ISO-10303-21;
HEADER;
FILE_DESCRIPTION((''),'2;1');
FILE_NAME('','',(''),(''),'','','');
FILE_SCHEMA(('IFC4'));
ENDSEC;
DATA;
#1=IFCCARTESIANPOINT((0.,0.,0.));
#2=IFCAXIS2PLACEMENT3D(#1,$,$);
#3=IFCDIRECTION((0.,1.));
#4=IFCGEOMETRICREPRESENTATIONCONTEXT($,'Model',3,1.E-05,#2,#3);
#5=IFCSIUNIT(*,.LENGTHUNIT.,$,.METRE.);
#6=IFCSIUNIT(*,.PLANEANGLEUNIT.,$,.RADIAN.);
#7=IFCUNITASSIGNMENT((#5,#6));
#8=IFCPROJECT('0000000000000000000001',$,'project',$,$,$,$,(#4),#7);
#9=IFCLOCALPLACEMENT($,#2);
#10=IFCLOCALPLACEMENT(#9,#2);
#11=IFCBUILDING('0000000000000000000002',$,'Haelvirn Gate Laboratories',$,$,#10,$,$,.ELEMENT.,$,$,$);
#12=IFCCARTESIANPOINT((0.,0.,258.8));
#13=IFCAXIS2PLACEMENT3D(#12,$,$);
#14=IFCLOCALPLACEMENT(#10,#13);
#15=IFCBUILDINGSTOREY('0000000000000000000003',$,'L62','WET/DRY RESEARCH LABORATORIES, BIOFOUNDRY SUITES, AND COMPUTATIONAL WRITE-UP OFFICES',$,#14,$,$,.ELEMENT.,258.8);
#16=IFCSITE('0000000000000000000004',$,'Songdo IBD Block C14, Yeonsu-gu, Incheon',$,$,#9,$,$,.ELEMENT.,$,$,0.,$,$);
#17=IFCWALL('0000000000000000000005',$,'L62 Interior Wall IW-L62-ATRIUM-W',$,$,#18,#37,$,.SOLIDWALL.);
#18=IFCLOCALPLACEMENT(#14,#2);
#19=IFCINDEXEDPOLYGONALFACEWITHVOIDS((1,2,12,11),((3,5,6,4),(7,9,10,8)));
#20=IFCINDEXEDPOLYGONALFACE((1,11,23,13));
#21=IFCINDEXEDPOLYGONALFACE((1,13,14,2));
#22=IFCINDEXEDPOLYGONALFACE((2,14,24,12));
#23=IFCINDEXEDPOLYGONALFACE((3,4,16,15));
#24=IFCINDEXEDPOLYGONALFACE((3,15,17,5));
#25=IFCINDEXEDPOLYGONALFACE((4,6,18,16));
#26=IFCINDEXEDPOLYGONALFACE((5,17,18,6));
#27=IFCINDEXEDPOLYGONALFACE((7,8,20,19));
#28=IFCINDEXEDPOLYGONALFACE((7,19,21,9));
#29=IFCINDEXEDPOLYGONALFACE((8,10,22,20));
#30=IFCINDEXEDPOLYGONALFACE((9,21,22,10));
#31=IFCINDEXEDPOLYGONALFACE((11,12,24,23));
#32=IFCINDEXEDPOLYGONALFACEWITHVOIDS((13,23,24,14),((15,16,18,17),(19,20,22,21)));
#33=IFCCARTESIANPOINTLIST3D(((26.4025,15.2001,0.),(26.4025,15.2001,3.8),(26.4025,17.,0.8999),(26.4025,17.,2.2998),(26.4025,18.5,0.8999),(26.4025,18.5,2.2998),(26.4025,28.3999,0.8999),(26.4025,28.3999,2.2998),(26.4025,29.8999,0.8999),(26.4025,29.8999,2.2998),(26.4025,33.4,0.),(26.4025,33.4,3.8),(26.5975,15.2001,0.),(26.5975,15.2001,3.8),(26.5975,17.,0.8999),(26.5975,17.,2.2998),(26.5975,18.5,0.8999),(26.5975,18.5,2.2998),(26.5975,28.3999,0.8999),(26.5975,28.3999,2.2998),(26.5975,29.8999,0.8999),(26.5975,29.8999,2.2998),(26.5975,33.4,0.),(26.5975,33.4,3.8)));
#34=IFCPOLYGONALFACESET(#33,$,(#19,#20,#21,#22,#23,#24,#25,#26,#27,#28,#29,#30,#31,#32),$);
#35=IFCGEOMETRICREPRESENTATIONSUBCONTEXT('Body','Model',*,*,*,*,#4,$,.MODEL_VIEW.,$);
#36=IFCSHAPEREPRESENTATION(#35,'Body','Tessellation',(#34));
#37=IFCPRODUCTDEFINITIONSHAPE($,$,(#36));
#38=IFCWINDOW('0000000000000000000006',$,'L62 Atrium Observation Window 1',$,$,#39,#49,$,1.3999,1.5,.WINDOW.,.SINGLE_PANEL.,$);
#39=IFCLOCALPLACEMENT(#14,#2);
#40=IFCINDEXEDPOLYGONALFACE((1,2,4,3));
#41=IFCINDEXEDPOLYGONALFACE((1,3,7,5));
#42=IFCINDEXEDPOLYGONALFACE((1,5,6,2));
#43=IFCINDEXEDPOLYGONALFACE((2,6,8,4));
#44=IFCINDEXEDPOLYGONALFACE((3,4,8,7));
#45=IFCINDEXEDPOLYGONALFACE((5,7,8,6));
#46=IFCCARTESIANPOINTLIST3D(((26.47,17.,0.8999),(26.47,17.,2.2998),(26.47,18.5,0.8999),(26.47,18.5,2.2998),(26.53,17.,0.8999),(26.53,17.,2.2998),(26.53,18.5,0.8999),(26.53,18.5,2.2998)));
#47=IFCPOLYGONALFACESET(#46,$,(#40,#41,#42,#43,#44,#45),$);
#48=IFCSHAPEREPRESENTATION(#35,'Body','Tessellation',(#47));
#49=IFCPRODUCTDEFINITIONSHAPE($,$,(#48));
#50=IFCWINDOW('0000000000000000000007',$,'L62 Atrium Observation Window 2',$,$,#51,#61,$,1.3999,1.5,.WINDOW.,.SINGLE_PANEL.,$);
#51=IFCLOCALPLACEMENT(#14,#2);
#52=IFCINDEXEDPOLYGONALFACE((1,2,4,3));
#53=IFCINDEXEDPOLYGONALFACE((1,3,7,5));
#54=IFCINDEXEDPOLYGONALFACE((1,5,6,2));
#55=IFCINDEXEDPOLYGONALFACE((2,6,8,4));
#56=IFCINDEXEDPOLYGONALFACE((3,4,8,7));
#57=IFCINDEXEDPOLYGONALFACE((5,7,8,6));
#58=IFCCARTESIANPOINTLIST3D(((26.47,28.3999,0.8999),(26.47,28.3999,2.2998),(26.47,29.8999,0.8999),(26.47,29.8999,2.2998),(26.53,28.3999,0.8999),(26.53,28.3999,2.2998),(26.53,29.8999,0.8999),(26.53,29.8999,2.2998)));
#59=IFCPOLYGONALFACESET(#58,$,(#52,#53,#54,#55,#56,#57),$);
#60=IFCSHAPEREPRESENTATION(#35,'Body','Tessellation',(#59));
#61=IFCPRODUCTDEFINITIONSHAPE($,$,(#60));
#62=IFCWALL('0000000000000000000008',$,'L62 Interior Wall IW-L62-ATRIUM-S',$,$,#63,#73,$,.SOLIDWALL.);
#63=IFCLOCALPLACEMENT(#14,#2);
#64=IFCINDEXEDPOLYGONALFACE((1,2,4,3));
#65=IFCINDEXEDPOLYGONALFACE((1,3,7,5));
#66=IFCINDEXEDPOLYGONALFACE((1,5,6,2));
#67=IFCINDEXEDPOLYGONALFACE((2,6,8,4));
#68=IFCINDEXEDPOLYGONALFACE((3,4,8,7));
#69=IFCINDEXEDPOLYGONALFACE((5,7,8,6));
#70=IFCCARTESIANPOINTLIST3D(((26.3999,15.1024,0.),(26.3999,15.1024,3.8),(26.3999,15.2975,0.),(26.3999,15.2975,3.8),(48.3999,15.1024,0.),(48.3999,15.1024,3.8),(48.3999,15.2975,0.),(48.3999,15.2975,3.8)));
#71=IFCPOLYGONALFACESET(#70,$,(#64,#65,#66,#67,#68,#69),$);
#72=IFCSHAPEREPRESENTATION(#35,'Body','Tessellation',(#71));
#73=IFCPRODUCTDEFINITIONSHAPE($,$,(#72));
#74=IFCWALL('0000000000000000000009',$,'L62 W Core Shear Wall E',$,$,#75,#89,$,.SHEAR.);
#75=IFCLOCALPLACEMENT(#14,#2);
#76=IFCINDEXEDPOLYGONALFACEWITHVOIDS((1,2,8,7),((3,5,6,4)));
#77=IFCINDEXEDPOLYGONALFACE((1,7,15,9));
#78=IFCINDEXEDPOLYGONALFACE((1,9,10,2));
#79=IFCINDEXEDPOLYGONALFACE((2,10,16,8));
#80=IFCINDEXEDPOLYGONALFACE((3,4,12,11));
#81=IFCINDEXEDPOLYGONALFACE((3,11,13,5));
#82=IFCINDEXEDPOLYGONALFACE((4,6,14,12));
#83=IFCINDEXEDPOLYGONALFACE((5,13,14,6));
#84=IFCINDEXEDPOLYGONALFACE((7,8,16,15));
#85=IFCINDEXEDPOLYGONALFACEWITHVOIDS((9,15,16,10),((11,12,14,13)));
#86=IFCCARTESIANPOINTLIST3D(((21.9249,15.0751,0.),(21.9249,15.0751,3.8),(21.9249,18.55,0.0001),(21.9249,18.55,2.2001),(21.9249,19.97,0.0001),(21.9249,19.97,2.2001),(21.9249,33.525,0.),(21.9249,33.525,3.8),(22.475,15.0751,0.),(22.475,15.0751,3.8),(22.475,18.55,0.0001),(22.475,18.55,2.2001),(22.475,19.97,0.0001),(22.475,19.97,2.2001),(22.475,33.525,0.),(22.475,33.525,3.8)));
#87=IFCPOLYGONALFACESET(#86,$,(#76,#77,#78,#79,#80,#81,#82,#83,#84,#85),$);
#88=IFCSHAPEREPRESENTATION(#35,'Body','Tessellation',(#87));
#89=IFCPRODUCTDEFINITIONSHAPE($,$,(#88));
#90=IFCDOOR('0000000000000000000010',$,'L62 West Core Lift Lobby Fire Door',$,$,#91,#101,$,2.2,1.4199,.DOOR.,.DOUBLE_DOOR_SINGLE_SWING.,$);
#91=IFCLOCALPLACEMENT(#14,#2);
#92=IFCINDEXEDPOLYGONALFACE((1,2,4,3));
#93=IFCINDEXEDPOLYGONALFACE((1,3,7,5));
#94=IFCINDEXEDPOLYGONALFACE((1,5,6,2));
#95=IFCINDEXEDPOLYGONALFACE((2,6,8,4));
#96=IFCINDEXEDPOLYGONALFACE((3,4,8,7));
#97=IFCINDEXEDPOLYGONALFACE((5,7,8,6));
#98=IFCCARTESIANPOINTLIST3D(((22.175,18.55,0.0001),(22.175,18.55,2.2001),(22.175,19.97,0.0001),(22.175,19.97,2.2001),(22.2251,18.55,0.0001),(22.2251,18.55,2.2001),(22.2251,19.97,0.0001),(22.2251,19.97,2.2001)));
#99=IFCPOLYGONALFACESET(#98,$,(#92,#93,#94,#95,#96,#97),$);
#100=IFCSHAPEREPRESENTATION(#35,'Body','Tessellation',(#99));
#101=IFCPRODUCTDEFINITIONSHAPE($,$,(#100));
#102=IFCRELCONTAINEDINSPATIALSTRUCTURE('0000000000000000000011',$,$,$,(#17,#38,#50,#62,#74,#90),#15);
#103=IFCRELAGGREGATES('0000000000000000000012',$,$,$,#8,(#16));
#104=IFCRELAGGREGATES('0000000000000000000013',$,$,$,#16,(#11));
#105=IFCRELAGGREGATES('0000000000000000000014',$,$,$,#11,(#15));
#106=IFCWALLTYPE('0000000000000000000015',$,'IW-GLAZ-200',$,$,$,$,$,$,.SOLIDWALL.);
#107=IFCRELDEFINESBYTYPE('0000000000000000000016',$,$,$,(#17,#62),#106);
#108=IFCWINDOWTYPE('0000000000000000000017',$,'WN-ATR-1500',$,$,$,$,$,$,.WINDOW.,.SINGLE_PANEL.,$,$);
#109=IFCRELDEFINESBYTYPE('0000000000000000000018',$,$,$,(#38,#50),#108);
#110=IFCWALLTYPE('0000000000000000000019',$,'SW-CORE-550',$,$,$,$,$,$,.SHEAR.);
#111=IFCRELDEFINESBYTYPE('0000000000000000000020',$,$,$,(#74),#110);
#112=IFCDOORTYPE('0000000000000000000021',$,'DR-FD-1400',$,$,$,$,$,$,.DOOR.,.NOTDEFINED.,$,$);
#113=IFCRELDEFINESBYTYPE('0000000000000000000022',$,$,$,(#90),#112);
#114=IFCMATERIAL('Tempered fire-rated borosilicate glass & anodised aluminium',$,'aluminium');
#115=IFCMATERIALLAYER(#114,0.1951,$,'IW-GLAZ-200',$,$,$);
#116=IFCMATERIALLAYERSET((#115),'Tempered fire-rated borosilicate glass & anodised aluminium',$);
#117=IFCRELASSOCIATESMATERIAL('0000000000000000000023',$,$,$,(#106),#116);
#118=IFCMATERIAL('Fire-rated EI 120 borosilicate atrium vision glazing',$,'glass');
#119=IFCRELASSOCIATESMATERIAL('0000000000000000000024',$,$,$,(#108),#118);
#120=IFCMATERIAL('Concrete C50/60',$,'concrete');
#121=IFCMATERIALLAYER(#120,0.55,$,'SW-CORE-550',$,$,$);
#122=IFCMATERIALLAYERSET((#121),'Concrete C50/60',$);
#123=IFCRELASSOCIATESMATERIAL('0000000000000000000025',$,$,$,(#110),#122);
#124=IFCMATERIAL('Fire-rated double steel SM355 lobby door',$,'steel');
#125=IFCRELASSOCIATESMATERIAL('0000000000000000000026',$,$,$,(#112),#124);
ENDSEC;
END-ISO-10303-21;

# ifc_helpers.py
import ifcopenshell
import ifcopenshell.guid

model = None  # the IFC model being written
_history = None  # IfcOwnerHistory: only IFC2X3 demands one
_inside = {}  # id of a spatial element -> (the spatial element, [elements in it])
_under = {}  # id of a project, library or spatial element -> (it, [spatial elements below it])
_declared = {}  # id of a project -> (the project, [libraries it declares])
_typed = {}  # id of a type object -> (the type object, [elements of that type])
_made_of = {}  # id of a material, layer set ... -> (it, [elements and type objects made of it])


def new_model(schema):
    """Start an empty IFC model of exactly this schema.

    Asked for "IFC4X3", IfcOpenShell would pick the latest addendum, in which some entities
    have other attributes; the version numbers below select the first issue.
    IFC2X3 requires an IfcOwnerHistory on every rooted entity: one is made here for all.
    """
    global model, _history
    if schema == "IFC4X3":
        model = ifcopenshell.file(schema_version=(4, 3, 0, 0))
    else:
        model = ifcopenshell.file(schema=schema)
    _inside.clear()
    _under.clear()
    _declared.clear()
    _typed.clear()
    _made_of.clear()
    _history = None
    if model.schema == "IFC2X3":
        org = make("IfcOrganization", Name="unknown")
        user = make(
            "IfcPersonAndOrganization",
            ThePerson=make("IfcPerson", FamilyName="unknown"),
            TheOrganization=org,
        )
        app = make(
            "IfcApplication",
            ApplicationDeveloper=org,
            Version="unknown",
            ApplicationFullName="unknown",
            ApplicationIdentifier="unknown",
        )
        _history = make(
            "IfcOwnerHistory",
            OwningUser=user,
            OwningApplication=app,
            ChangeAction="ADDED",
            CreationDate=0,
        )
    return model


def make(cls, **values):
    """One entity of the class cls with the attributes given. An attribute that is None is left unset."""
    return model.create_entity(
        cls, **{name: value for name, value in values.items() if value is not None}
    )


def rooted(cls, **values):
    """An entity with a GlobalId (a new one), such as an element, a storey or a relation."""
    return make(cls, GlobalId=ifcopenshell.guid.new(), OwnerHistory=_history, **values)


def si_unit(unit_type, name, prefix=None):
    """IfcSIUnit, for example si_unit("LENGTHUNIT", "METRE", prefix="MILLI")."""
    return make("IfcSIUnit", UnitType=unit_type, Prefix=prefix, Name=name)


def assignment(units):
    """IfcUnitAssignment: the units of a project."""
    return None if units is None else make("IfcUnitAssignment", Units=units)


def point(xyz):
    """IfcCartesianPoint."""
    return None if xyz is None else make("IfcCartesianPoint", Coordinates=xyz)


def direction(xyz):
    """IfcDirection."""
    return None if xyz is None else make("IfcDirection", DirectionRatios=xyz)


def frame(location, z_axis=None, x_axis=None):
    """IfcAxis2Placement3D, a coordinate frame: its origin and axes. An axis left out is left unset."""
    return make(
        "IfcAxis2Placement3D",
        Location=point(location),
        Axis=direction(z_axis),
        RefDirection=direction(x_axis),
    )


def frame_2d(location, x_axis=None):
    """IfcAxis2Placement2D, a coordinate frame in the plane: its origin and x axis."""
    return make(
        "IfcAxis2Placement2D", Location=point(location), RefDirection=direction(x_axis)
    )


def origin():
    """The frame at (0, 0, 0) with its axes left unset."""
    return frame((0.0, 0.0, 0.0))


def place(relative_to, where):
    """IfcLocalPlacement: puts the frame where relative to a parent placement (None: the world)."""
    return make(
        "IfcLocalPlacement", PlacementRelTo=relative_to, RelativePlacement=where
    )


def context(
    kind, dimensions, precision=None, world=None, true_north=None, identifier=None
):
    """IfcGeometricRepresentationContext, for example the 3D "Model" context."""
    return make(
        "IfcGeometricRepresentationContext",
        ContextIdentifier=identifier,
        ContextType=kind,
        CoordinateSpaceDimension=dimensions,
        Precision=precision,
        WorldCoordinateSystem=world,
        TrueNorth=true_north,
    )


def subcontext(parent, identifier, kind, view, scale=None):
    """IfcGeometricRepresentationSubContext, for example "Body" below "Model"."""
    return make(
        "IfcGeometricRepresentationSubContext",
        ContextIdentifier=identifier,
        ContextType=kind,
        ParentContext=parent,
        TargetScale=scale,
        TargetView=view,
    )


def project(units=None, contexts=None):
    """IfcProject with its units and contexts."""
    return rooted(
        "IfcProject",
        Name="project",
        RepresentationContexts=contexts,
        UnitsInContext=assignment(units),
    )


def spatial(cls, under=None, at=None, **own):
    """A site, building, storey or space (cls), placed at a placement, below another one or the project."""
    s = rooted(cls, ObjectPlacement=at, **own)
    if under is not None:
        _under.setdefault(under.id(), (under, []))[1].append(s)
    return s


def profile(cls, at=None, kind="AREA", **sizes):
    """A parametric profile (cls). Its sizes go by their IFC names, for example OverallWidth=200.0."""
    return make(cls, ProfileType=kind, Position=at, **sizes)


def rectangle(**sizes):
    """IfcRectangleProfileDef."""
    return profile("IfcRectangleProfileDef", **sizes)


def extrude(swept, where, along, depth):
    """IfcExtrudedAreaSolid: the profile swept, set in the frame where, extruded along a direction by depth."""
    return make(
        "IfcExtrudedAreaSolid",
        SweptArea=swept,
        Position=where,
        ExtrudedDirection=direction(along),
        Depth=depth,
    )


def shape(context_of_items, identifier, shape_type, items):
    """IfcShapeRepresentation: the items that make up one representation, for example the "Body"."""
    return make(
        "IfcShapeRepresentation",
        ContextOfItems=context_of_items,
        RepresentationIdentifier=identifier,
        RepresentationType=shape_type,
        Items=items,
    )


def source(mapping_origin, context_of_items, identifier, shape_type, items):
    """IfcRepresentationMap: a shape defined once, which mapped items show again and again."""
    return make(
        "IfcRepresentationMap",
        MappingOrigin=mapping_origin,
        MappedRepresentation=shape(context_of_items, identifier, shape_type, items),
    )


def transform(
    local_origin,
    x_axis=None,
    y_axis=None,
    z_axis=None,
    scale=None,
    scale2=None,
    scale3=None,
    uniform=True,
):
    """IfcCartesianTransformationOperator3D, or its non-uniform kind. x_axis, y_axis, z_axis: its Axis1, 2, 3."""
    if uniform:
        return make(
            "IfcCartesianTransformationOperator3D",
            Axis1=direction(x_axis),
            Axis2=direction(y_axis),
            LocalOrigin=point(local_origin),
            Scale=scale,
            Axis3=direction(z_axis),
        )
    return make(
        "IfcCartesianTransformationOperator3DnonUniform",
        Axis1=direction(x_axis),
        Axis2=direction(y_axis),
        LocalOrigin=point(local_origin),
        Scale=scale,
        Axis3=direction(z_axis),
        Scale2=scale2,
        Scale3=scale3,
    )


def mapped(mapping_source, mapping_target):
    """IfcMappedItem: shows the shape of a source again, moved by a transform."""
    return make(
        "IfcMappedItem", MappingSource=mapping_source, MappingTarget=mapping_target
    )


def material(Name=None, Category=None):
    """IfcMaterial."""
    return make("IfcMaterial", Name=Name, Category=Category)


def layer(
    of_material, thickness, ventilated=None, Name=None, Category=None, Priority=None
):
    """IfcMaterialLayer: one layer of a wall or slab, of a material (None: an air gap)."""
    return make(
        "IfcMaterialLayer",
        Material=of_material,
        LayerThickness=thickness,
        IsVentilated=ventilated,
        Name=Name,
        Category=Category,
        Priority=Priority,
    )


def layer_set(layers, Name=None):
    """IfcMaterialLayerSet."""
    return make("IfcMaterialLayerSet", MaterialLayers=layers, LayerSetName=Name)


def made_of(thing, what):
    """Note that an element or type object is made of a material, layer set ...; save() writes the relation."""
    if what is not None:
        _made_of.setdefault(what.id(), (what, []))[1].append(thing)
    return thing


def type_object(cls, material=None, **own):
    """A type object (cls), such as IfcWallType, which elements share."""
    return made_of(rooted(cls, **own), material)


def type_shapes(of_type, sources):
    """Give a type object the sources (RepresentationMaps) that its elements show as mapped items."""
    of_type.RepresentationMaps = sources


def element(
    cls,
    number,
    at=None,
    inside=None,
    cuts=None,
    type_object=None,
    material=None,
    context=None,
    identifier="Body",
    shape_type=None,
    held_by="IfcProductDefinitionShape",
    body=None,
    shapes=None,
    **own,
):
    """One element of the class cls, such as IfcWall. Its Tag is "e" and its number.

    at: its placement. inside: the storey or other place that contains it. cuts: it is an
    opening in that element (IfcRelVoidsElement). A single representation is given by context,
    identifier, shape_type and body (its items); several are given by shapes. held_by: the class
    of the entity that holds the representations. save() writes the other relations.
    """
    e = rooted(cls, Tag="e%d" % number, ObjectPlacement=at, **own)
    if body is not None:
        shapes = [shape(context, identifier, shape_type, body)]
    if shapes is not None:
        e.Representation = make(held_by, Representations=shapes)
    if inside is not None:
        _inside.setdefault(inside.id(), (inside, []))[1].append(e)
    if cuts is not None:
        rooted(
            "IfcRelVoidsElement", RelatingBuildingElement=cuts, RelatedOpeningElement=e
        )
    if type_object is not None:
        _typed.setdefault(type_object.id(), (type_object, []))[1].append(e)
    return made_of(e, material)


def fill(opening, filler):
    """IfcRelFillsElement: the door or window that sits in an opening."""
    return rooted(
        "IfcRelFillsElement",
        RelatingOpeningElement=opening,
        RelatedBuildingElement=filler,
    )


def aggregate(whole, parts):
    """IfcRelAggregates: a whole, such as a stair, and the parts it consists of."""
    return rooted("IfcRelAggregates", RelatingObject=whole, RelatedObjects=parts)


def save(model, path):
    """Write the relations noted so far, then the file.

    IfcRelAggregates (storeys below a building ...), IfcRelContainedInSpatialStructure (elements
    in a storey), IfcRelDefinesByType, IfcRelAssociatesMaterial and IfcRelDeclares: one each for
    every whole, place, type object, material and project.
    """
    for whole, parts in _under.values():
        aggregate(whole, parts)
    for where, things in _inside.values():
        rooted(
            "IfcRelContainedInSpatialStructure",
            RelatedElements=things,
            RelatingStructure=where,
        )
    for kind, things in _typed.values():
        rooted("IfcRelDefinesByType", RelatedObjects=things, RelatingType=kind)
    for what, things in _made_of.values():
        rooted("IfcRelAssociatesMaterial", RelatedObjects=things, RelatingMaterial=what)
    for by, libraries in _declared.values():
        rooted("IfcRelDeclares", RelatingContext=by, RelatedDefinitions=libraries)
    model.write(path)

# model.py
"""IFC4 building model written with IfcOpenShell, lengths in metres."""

from ifc_helpers import new_model, si_unit, direction, frame, frame_2d, origin, place, context, subcontext, project, spatial, rectangle, extrude, source, transform, mapped, material, layer, layer_set, type_object, type_shapes, element, fill, save


model = new_model("IFC4")

# Units and contexts
model_context = context("Model", 3, precision=1e-05, world=origin(), true_north=direction((0.0, 1.0)))
body_context = subcontext(model_context, "Body", "Model", "MODEL_VIEW")
ifc_project = project(units=[si_unit("LENGTHUNIT", "METRE"), si_unit("PLANEANGLEUNIT", "RADIAN")], contexts=[model_context])

# Site, building, storey
site_placement = place(None, origin())
site = spatial("IfcSite", under=ifc_project, at=site_placement, Name="Songdo IBD Block C14, Yeonsu-gu, Incheon", CompositionType="ELEMENT", RefElevation=0.0)
building_placement = place(site_placement, origin())
building = spatial("IfcBuilding", under=site, at=building_placement, Name="Haelvirn Gate Laboratories", CompositionType="ELEMENT")
storey_placement = place(building_placement, frame((0.0, 0.0, 258.8)))
storey = spatial("IfcBuildingStorey", under=building, at=storey_placement, Name="L62", Description="WET/DRY RESEARCH LABORATORIES, BIOFOUNDRY SUITES, AND COMPUTATIONAL WRITE-UP OFFICES", CompositionType="ELEMENT", Elevation=258.8)

# Wall, openings, windows
ifc_material_1 = material(Name="Tempered fire-rated borosilicate glass & anodised aluminium", Category="aluminium")
ifc_layer_1 = layer(ifc_material_1, 0.1951, Name="IW-GLAZ-200")
ifc_layer_set_1 = layer_set([ifc_layer_1], Name="Tempered fire-rated borosilicate glass & anodised aluminium")
wall_type_1 = type_object("IfcWallType", Name="IW-GLAZ-200", PredefinedType="SOLIDWALL", material=ifc_layer_set_1)
wall_1_placement = place(storey_placement, frame((26.5, 15.2, 0.0), z_axis=(0.0, 0.0, 1.0), x_axis=(0.0, 1.0, 0.0)))
wall_1 = element("IfcWall", 1, at=wall_1_placement, inside=storey, type_object=wall_type_1, Name="L62 Interior Wall IW-L62-ATRIUM-W", PredefinedType="SOLIDWALL", context=body_context, shape_type="SweptSolid", body=[
    extrude(rectangle(XDim=18.2, YDim=0.1951, at=frame_2d((9.1001, 0.0))), origin(), (0.0, 0.0, 1.0), 3.8),
])
opening_1_placement = place(wall_1_placement, frame((1.8, 0.0, 0.8999)))
opening_1 = element("IfcOpeningElement", 2, at=opening_1_placement, cuts=wall_1, PredefinedType="OPENING", context=body_context, shape_type="SweptSolid", body=[
    extrude(rectangle(XDim=1.5, YDim=1.3999, at=frame_2d((0.75, 0.7))), frame((0.0, 0.1074, 0.0), z_axis=(0.0, -1.0, 0.0), x_axis=(1.0, 0.0, 0.0)), (0.0, 0.0, 1.0), 0.2151),
])
opening_2_placement = place(wall_1_placement, frame((13.2, 0.0, 0.8999)))
opening_2 = element("IfcOpeningElement", 3, at=opening_2_placement, cuts=wall_1, PredefinedType="OPENING", context=body_context, shape_type="SweptSolid", body=[
    extrude(rectangle(XDim=1.5, YDim=1.3999, at=frame_2d((0.75, 0.7))), frame((0.0, 0.1074, 0.0), z_axis=(0.0, -1.0, 0.0), x_axis=(1.0, 0.0, 0.0)), (0.0, 0.0, 1.0), 0.2151),
])
ifc_material_2 = material(Name="Fire-rated EI 120 borosilicate atrium vision glazing", Category="glass")
window_type = type_object("IfcWindowType", Name="WN-ATR-1500", PartitioningType="SINGLE_PANEL", PredefinedType="WINDOW", material=ifc_material_2)
shared_shape_1 = source(origin(), body_context, "Body", "SweptSolid", [
    extrude(rectangle(XDim=1.5, YDim=1.3999, at=frame_2d((0.75, 0.7))), frame((0.0, 0.03, 0.0), z_axis=(0.0, -1.0, 0.0), x_axis=(1.0, 0.0, 0.0)), (0.0, 0.0, 1.0), 0.0601),
])
type_shapes(window_type, [shared_shape_1])
window_1_placement = place(opening_1_placement, origin())
window_1 = element("IfcWindow", 4, at=window_1_placement, inside=storey, type_object=window_type, Name="L62 Atrium Observation Window 1", OverallHeight=1.3999, OverallWidth=1.5, PartitioningType="SINGLE_PANEL", PredefinedType="WINDOW", context=body_context, shape_type="MappedRepresentation", body=[
    mapped(shared_shape_1, transform((0.0, 0.0, 0.0), scale=1.0)),
])
fill(opening_1, window_1)
window_2_placement = place(opening_2_placement, origin())
window_2 = element("IfcWindow", 5, at=window_2_placement, inside=storey, type_object=window_type, Name="L62 Atrium Observation Window 2", OverallHeight=1.3999, OverallWidth=1.5, PartitioningType="SINGLE_PANEL", PredefinedType="WINDOW", context=body_context, shape_type="MappedRepresentation", body=[
    mapped(shared_shape_1, transform((0.0, 0.0, 0.0), scale=1.0)),
])
fill(opening_2, window_2)

# Wall
wall_2_placement = place(storey_placement, frame((26.3999, 15.2, 0.0), z_axis=(0.0, 0.0, 1.0), x_axis=(1.0, 0.0, 0.0)))
element("IfcWall", 6, at=wall_2_placement, inside=storey, type_object=wall_type_1, Name="L62 Interior Wall IW-L62-ATRIUM-S", PredefinedType="SOLIDWALL", context=body_context, shape_type="SweptSolid", body=[
    extrude(rectangle(XDim=22.0, YDim=0.1951, at=frame_2d((11.0, 0.0))), origin(), (0.0, 0.0, 1.0), 3.8),
])

# Wall, opening, door
ifc_material_3 = material(Name="Concrete C50/60", Category="concrete")
ifc_layer_2 = layer(ifc_material_3, 0.55, Name="SW-CORE-550")
ifc_layer_set_2 = layer_set([ifc_layer_2], Name="Concrete C50/60")
wall_type_2 = type_object("IfcWallType", Name="SW-CORE-550", PredefinedType="SHEAR", material=ifc_layer_set_2)
wall_3_placement = place(storey_placement, frame((22.2, 15.075, 0.0), z_axis=(0.0, 0.0, 1.0), x_axis=(0.0, 1.0, 0.0)))
wall_3 = element("IfcWall", 7, at=wall_3_placement, inside=storey, type_object=wall_type_2, Name="L62 W Core Shear Wall E", PredefinedType="SHEAR", context=body_context, shape_type="SweptSolid", body=[
    extrude(rectangle(XDim=18.45, YDim=0.55, at=frame_2d((9.2251, 0.0))), origin(), (0.0, 0.0, 1.0), 3.8),
])
opening_3_placement = place(wall_3_placement, frame((3.4751, 0.0, 0.0)))
opening_3 = element("IfcOpeningElement", 8, at=opening_3_placement, cuts=wall_3, PredefinedType="OPENING", context=body_context, shape_type="SweptSolid", body=[
    extrude(rectangle(XDim=1.4199, YDim=2.2, at=frame_2d((0.71, 1.1001))), frame((0.0, 0.2852, 0.0), z_axis=(0.0, -1.0, 0.0), x_axis=(1.0, 0.0, 0.0)), (0.0, 0.0, 1.0), 0.5701),
])
ifc_material_4 = material(Name="Fire-rated double steel SM355 lobby door", Category="steel")
door_type = type_object("IfcDoorType", Name="DR-FD-1400", OperationType="NOTDEFINED", PredefinedType="DOOR", material=ifc_material_4)
shared_shape_2 = source(origin(), body_context, "Body", "SweptSolid", [
    extrude(rectangle(XDim=1.4199, YDim=2.2, at=frame_2d((0.71, 1.1001))), frame((0.0, 0.0249, 0.0), z_axis=(0.0, -1.0, 0.0), x_axis=(1.0, 0.0, 0.0)), (0.0, 0.0, 1.0), 0.05),
])
type_shapes(door_type, [shared_shape_2])
door_placement = place(opening_3_placement, origin())
door = element("IfcDoor", 9, at=door_placement, inside=storey, type_object=door_type, Name="L62 West Core Lift Lobby Fire Door", OperationType="DOUBLE_DOOR_SINGLE_SWING", OverallHeight=2.2, OverallWidth=1.4199, PredefinedType="DOOR", context=body_context, shape_type="MappedRepresentation", body=[
    mapped(shared_shape_2, transform((0.0, 0.0, 0.0), scale=1.0)),
])
fill(opening_3, door)

save(model, "model.ifc")
